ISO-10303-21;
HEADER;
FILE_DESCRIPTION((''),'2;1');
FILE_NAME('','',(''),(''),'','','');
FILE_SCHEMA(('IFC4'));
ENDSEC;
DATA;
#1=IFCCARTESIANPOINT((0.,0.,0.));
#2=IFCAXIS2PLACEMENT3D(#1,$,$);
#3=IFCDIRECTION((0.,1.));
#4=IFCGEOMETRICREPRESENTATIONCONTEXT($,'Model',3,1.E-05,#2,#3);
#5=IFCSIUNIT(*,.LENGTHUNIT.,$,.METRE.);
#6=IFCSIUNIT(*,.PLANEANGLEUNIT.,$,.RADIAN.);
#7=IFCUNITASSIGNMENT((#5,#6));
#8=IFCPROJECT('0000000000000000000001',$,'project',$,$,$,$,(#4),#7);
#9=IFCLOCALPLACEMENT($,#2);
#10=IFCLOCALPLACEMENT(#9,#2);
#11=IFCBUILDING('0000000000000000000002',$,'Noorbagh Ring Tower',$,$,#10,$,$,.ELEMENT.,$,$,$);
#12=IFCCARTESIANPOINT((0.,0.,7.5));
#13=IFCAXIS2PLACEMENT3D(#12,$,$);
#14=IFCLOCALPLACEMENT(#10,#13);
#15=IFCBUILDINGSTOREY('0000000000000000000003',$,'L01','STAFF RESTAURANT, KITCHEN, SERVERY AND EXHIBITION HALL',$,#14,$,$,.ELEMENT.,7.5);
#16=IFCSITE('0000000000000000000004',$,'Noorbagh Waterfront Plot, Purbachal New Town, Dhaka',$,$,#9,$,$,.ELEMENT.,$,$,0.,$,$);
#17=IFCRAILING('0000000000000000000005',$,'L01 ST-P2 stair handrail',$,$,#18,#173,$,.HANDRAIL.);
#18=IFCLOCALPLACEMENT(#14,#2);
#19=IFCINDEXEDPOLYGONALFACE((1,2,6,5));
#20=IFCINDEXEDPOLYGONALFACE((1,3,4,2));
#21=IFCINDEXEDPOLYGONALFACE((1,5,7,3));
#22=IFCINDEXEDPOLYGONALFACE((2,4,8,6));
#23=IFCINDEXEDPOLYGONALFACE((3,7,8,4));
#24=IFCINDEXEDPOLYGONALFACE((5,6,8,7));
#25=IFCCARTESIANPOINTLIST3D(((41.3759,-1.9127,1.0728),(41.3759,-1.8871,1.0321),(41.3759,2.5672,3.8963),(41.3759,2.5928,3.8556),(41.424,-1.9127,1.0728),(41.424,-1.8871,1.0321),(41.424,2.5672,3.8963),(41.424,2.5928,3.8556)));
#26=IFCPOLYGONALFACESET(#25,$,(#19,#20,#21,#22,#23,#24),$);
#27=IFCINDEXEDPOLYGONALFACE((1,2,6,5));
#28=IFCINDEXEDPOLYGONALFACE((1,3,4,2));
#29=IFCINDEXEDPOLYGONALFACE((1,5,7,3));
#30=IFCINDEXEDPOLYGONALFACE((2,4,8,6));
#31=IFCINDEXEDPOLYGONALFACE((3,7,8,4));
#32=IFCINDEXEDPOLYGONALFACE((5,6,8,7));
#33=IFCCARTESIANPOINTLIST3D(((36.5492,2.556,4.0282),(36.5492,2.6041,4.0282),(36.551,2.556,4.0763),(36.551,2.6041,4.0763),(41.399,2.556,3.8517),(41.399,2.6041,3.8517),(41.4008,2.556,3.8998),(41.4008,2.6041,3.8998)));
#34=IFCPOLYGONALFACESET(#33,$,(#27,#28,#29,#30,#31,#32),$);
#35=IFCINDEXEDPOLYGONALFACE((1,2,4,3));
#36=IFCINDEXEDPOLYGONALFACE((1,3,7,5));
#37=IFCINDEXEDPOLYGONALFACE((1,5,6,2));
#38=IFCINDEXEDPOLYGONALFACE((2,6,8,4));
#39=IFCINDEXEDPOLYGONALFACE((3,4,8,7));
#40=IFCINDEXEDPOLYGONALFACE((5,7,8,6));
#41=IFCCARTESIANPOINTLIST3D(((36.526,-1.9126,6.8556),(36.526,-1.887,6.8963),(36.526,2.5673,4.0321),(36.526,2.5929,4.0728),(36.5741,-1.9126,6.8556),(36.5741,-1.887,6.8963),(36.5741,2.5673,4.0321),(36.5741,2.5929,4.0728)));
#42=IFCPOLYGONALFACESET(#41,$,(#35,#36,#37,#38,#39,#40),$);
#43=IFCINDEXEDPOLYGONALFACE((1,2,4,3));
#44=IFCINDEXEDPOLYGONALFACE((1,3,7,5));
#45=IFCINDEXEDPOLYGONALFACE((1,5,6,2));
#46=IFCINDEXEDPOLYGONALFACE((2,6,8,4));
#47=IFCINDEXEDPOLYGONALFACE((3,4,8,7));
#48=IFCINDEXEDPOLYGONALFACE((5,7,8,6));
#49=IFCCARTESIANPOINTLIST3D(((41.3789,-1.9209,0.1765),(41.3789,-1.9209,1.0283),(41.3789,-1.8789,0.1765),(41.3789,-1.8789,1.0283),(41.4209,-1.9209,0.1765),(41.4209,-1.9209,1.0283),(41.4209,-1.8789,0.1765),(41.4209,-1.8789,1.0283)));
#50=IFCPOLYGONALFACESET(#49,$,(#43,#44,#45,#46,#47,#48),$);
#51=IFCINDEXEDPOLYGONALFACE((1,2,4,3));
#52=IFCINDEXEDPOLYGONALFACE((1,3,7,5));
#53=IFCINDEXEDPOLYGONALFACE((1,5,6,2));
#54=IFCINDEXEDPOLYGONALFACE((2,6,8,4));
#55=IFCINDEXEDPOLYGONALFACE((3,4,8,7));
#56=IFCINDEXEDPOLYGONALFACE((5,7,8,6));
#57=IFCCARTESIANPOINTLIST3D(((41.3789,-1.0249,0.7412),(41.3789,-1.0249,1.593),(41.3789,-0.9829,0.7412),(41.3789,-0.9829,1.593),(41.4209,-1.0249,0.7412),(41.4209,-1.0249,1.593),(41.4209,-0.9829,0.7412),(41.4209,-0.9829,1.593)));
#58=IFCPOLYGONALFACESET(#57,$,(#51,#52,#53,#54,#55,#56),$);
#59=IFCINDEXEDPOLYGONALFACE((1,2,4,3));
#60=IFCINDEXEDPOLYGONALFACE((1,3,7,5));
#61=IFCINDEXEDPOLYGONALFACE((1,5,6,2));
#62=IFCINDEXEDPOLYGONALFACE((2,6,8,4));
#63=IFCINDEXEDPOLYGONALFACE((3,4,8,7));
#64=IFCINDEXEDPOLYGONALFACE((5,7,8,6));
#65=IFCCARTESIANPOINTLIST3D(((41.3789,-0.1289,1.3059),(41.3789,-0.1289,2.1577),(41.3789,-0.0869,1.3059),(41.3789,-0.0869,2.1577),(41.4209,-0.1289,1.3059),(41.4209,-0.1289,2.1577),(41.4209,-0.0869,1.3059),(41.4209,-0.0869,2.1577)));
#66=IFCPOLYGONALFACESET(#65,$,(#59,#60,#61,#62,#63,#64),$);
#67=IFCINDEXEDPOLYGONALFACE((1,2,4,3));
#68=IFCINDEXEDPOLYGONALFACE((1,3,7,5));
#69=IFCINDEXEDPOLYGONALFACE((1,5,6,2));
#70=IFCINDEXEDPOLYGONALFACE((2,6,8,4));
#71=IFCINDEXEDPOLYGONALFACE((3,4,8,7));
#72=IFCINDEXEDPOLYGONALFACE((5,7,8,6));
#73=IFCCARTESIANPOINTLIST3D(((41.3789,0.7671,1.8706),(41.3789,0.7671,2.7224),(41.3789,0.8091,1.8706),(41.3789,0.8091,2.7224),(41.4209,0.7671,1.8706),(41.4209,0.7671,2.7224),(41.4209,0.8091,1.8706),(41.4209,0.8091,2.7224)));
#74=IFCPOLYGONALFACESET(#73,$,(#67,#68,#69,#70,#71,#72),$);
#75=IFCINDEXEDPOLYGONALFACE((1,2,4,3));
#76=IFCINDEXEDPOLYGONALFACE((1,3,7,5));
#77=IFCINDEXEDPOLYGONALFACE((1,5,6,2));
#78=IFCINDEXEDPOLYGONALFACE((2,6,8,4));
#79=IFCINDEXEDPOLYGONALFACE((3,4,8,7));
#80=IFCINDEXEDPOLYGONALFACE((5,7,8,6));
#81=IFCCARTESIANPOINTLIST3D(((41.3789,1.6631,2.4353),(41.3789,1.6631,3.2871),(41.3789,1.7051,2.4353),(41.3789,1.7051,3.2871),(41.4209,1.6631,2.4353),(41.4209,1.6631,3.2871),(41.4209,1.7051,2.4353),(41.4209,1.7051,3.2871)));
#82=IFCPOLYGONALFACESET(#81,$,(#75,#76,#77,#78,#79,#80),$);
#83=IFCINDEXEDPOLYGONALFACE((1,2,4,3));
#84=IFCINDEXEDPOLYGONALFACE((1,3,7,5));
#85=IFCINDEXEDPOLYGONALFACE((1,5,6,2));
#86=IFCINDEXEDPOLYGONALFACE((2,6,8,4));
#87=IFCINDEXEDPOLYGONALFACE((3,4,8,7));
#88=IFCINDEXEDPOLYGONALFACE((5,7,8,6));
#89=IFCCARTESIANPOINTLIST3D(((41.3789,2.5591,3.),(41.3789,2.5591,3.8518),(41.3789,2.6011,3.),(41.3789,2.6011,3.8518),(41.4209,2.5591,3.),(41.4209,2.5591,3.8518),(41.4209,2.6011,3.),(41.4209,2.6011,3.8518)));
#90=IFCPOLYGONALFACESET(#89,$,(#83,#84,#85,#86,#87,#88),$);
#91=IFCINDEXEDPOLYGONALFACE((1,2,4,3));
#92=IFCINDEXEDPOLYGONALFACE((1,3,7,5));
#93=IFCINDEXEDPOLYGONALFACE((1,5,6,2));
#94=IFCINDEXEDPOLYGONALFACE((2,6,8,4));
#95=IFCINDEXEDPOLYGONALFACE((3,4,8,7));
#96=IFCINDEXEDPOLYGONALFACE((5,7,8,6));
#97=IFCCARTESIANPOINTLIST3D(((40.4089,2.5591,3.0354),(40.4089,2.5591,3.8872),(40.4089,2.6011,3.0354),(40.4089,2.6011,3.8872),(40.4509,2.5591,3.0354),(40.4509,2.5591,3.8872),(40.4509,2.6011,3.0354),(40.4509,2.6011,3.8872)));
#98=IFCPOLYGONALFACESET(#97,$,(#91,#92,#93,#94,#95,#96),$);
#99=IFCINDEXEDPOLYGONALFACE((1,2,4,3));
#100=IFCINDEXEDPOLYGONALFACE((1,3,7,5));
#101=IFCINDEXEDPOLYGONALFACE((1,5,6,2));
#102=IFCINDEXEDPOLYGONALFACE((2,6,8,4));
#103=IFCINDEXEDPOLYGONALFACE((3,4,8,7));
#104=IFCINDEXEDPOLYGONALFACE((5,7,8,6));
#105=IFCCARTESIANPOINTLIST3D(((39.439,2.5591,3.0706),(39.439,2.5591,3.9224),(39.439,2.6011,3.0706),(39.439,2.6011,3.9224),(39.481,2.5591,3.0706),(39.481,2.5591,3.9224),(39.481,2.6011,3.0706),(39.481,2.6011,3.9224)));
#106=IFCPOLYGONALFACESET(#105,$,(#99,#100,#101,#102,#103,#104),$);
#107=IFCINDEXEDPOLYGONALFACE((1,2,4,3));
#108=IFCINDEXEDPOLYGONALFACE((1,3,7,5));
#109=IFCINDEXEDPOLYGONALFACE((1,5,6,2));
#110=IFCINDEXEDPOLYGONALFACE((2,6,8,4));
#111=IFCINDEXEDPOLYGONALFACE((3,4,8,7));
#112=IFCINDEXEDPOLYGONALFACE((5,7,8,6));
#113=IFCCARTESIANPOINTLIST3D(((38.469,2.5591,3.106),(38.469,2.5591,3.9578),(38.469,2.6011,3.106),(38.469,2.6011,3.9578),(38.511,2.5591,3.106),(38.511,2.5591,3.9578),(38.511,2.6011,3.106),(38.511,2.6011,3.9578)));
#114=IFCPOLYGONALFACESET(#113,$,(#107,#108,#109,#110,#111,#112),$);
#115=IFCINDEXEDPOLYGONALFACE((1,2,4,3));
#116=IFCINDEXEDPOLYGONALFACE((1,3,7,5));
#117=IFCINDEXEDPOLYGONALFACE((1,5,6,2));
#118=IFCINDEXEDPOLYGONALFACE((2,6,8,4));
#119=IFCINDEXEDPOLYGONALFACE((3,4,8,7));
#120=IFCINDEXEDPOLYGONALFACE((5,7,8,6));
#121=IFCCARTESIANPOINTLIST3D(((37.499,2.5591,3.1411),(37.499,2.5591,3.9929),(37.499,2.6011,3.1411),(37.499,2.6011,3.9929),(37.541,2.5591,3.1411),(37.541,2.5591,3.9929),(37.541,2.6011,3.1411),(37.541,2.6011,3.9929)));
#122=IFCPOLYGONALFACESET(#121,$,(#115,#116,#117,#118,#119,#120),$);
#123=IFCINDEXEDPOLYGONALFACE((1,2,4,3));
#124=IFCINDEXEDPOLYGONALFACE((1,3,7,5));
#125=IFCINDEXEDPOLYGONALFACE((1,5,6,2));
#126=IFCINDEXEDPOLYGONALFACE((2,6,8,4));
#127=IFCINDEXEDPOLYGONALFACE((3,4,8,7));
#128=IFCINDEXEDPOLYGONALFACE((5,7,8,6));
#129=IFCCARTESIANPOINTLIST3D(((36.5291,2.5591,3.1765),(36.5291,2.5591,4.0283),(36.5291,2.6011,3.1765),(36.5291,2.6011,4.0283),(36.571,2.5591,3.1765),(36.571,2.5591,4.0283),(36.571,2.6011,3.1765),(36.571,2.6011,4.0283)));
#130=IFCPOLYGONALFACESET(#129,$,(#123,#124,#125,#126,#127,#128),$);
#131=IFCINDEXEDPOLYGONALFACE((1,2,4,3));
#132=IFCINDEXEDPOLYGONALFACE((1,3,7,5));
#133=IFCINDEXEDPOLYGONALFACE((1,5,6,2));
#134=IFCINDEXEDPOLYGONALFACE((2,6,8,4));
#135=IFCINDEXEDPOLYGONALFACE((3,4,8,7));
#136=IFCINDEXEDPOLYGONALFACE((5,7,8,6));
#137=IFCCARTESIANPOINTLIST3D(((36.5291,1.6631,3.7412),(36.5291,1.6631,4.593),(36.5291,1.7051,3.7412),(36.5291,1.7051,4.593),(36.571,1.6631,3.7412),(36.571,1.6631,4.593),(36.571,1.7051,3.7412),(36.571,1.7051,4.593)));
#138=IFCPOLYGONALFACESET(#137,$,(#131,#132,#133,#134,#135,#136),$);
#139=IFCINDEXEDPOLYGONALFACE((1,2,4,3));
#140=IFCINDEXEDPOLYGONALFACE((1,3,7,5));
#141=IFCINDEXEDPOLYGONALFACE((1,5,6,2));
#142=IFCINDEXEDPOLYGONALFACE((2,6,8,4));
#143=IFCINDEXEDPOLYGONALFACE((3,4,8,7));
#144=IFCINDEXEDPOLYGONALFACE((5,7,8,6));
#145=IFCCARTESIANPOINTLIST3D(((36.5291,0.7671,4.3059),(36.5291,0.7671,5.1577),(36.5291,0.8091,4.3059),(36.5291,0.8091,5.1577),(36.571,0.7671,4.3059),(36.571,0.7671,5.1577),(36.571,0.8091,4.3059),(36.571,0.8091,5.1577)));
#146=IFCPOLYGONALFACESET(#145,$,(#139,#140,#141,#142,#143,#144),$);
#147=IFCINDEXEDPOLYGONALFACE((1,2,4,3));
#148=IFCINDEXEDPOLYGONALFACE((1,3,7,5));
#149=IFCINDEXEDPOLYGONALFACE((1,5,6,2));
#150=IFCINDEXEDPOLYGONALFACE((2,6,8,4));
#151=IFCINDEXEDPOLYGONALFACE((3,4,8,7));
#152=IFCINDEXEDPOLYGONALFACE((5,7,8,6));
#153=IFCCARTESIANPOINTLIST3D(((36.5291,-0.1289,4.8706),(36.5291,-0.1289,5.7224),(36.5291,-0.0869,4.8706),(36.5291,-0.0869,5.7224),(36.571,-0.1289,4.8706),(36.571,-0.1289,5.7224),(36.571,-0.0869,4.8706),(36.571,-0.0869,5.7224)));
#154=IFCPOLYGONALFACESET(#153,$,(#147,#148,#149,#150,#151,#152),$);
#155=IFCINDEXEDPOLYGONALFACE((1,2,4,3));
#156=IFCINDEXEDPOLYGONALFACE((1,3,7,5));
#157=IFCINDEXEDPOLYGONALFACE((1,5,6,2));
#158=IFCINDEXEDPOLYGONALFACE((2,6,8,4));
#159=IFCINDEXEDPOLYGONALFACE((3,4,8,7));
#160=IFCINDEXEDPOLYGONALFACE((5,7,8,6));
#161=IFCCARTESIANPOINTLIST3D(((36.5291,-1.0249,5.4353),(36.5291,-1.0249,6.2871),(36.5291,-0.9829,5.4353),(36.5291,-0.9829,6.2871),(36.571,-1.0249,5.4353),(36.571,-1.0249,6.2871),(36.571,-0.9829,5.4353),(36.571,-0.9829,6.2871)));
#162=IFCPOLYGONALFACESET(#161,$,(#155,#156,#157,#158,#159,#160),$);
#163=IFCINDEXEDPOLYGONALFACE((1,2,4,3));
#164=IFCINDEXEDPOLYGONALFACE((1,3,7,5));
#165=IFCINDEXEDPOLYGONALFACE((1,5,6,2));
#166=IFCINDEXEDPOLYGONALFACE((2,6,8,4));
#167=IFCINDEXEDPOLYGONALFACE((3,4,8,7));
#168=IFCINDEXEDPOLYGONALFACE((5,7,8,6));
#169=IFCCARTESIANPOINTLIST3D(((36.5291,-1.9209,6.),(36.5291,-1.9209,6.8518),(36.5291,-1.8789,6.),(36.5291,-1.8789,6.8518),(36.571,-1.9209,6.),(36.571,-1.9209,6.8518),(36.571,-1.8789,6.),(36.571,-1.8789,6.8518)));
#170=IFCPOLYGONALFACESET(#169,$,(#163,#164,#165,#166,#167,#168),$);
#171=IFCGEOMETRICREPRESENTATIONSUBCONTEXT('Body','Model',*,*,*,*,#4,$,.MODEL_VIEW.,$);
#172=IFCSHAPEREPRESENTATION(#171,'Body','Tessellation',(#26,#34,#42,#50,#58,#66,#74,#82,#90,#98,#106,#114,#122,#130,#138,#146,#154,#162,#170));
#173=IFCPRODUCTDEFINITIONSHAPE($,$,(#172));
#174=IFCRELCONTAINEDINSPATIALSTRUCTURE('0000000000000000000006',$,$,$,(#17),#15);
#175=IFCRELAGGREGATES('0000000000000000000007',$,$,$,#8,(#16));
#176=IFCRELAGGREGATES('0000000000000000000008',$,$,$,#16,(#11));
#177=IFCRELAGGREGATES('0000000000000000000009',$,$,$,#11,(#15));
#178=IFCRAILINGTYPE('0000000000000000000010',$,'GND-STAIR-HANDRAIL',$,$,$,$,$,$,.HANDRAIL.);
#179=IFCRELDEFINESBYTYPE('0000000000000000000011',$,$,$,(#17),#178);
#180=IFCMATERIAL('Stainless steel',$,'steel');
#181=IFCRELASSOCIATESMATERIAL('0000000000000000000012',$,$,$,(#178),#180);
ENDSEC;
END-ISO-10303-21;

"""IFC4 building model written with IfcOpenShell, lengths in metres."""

from ifc_helpers import new_model, si_unit, direction, frame, origin, origin_2d, place, context, subcontext, project, spatial, rectangle, extrude, material, type_object, element, save


model = new_model("IFC4")

# Units and contexts
model_context = context("Model", 3, precision=1e-05, world=origin(), true_north=direction((0.0, 1.0)))
body_context = subcontext(model_context, "Body", "Model", "MODEL_VIEW")
ifc_project = project(units=[si_unit("LENGTHUNIT", "METRE"), si_unit("PLANEANGLEUNIT", "RADIAN")], contexts=[model_context])

# Site, building, storey
site_placement = place(None, origin())
site = spatial("IfcSite", under=ifc_project, at=site_placement, Name="Noorbagh Waterfront Plot, Purbachal New Town, Dhaka", CompositionType="ELEMENT", RefElevation=0.0)
building_placement = place(site_placement, origin())
building = spatial("IfcBuilding", under=site, at=building_placement, Name="Noorbagh Ring Tower", CompositionType="ELEMENT")
storey_placement = place(building_placement, frame((0.0, 0.0, 7.5)))
storey = spatial("IfcBuildingStorey", under=building, at=storey_placement, Name="L01", Description="STAFF RESTAURANT, KITCHEN, SERVERY AND EXHIBITION HALL", CompositionType="ELEMENT", Elevation=7.5)

# Railing
ifc_material_1 = material(Name="Stainless steel", Category="steel")
railing_type_1 = type_object("IfcRailingType", Name="GND-STAIR-HANDRAIL", PredefinedType="HANDRAIL", material=ifc_material_1)
railing_1_placement = place(storey_placement, frame((41.3999, -1.8999, 0.1765)))
element("IfcRailing", 1, at=railing_1_placement, inside=storey, type_object=railing_type_1, Name="L01 ST-P2 stair handrail", PredefinedType="HANDRAIL", context=body_context, shape_type="SweptSolid", body=[
    extrude(rectangle(XDim=0.0481, YDim=0.0481, at=origin_2d()), frame((0.0, 0.0, 0.876), z_axis=(0.0, 0.845998, 0.533186), x_axis=(-1.0, 0.0, 0.0)), (0.0, 0.0, 1.0), 5.2954),
    extrude(rectangle(XDim=0.0481, YDim=0.0481, at=origin_2d()), frame((0.0, 4.48, 3.6992), z_axis=(-0.999338, 0.0, 0.036372), x_axis=(0.0, -1.0, 0.0)), (0.0, 0.0, 1.0), 4.853),
    extrude(rectangle(XDim=0.0481, YDim=0.0481, at=origin_2d()), frame((-4.8499, 4.48, 3.876), z_axis=(0.0, -0.845998, 0.533186), x_axis=(1.0, 0.0, 0.0)), (0.0, 0.0, 1.0), 5.2954),
    extrude(rectangle(XDim=0.042, YDim=0.042, at=origin_2d()), origin(), (0.0, 0.0, 1.0), 0.8518),
    extrude(rectangle(XDim=0.042, YDim=0.042, at=origin_2d()), frame((0.0, 0.896, 0.5647)), (0.0, 0.0, 1.0), 0.8518),
    extrude(rectangle(XDim=0.042, YDim=0.042, at=origin_2d()), frame((0.0, 1.792, 1.1294)), (0.0, 0.0, 1.0), 0.8518),
    extrude(rectangle(XDim=0.042, YDim=0.042, at=origin_2d()), frame((0.0, 2.688, 1.6941)), (0.0, 0.0, 1.0), 0.8518),
    extrude(rectangle(XDim=0.042, YDim=0.042, at=origin_2d()), frame((0.0, 3.584, 2.2588)), (0.0, 0.0, 1.0), 0.8518),
    extrude(rectangle(XDim=0.042, YDim=0.042, at=origin_2d()), frame((0.0, 4.48, 2.8235)), (0.0, 0.0, 1.0), 0.8518),
    extrude(rectangle(XDim=0.042, YDim=0.042, at=origin_2d()), frame((-0.97, 4.48, 2.8589)), (0.0, 0.0, 1.0), 0.8518),
    extrude(rectangle(XDim=0.042, YDim=0.042, at=origin_2d()), frame((-1.9399, 4.48, 2.894)), (0.0, 0.0, 1.0), 0.8518),
    extrude(rectangle(XDim=0.042, YDim=0.042, at=origin_2d()), frame((-2.9099, 4.48, 2.9294)), (0.0, 0.0, 1.0), 0.8518),
    extrude(rectangle(XDim=0.042, YDim=0.042, at=origin_2d()), frame((-3.8799, 4.48, 2.9646)), (0.0, 0.0, 1.0), 0.8518),
    extrude(rectangle(XDim=0.042, YDim=0.042, at=origin_2d()), frame((-4.8499, 4.48, 3.0)), (0.0, 0.0, 1.0), 0.8518),
    extrude(rectangle(XDim=0.042, YDim=0.042, at=origin_2d()), frame((-4.8499, 3.584, 3.5647)), (0.0, 0.0, 1.0), 0.8518),
    extrude(rectangle(XDim=0.042, YDim=0.042, at=origin_2d()), frame((-4.8499, 2.688, 4.1294)), (0.0, 0.0, 1.0), 0.8518),
    extrude(rectangle(XDim=0.042, YDim=0.042, at=origin_2d()), frame((-4.8499, 1.792, 4.6941)), (0.0, 0.0, 1.0), 0.8518),
    extrude(rectangle(XDim=0.042, YDim=0.042, at=origin_2d()), frame((-4.8499, 0.896, 5.2588)), (0.0, 0.0, 1.0), 0.8518),
    extrude(rectangle(XDim=0.042, YDim=0.042, at=origin_2d()), frame((-4.8499, 0.0, 5.8235)), (0.0, 0.0, 1.0), 0.8518),
])

save(model, "model.ifc")
